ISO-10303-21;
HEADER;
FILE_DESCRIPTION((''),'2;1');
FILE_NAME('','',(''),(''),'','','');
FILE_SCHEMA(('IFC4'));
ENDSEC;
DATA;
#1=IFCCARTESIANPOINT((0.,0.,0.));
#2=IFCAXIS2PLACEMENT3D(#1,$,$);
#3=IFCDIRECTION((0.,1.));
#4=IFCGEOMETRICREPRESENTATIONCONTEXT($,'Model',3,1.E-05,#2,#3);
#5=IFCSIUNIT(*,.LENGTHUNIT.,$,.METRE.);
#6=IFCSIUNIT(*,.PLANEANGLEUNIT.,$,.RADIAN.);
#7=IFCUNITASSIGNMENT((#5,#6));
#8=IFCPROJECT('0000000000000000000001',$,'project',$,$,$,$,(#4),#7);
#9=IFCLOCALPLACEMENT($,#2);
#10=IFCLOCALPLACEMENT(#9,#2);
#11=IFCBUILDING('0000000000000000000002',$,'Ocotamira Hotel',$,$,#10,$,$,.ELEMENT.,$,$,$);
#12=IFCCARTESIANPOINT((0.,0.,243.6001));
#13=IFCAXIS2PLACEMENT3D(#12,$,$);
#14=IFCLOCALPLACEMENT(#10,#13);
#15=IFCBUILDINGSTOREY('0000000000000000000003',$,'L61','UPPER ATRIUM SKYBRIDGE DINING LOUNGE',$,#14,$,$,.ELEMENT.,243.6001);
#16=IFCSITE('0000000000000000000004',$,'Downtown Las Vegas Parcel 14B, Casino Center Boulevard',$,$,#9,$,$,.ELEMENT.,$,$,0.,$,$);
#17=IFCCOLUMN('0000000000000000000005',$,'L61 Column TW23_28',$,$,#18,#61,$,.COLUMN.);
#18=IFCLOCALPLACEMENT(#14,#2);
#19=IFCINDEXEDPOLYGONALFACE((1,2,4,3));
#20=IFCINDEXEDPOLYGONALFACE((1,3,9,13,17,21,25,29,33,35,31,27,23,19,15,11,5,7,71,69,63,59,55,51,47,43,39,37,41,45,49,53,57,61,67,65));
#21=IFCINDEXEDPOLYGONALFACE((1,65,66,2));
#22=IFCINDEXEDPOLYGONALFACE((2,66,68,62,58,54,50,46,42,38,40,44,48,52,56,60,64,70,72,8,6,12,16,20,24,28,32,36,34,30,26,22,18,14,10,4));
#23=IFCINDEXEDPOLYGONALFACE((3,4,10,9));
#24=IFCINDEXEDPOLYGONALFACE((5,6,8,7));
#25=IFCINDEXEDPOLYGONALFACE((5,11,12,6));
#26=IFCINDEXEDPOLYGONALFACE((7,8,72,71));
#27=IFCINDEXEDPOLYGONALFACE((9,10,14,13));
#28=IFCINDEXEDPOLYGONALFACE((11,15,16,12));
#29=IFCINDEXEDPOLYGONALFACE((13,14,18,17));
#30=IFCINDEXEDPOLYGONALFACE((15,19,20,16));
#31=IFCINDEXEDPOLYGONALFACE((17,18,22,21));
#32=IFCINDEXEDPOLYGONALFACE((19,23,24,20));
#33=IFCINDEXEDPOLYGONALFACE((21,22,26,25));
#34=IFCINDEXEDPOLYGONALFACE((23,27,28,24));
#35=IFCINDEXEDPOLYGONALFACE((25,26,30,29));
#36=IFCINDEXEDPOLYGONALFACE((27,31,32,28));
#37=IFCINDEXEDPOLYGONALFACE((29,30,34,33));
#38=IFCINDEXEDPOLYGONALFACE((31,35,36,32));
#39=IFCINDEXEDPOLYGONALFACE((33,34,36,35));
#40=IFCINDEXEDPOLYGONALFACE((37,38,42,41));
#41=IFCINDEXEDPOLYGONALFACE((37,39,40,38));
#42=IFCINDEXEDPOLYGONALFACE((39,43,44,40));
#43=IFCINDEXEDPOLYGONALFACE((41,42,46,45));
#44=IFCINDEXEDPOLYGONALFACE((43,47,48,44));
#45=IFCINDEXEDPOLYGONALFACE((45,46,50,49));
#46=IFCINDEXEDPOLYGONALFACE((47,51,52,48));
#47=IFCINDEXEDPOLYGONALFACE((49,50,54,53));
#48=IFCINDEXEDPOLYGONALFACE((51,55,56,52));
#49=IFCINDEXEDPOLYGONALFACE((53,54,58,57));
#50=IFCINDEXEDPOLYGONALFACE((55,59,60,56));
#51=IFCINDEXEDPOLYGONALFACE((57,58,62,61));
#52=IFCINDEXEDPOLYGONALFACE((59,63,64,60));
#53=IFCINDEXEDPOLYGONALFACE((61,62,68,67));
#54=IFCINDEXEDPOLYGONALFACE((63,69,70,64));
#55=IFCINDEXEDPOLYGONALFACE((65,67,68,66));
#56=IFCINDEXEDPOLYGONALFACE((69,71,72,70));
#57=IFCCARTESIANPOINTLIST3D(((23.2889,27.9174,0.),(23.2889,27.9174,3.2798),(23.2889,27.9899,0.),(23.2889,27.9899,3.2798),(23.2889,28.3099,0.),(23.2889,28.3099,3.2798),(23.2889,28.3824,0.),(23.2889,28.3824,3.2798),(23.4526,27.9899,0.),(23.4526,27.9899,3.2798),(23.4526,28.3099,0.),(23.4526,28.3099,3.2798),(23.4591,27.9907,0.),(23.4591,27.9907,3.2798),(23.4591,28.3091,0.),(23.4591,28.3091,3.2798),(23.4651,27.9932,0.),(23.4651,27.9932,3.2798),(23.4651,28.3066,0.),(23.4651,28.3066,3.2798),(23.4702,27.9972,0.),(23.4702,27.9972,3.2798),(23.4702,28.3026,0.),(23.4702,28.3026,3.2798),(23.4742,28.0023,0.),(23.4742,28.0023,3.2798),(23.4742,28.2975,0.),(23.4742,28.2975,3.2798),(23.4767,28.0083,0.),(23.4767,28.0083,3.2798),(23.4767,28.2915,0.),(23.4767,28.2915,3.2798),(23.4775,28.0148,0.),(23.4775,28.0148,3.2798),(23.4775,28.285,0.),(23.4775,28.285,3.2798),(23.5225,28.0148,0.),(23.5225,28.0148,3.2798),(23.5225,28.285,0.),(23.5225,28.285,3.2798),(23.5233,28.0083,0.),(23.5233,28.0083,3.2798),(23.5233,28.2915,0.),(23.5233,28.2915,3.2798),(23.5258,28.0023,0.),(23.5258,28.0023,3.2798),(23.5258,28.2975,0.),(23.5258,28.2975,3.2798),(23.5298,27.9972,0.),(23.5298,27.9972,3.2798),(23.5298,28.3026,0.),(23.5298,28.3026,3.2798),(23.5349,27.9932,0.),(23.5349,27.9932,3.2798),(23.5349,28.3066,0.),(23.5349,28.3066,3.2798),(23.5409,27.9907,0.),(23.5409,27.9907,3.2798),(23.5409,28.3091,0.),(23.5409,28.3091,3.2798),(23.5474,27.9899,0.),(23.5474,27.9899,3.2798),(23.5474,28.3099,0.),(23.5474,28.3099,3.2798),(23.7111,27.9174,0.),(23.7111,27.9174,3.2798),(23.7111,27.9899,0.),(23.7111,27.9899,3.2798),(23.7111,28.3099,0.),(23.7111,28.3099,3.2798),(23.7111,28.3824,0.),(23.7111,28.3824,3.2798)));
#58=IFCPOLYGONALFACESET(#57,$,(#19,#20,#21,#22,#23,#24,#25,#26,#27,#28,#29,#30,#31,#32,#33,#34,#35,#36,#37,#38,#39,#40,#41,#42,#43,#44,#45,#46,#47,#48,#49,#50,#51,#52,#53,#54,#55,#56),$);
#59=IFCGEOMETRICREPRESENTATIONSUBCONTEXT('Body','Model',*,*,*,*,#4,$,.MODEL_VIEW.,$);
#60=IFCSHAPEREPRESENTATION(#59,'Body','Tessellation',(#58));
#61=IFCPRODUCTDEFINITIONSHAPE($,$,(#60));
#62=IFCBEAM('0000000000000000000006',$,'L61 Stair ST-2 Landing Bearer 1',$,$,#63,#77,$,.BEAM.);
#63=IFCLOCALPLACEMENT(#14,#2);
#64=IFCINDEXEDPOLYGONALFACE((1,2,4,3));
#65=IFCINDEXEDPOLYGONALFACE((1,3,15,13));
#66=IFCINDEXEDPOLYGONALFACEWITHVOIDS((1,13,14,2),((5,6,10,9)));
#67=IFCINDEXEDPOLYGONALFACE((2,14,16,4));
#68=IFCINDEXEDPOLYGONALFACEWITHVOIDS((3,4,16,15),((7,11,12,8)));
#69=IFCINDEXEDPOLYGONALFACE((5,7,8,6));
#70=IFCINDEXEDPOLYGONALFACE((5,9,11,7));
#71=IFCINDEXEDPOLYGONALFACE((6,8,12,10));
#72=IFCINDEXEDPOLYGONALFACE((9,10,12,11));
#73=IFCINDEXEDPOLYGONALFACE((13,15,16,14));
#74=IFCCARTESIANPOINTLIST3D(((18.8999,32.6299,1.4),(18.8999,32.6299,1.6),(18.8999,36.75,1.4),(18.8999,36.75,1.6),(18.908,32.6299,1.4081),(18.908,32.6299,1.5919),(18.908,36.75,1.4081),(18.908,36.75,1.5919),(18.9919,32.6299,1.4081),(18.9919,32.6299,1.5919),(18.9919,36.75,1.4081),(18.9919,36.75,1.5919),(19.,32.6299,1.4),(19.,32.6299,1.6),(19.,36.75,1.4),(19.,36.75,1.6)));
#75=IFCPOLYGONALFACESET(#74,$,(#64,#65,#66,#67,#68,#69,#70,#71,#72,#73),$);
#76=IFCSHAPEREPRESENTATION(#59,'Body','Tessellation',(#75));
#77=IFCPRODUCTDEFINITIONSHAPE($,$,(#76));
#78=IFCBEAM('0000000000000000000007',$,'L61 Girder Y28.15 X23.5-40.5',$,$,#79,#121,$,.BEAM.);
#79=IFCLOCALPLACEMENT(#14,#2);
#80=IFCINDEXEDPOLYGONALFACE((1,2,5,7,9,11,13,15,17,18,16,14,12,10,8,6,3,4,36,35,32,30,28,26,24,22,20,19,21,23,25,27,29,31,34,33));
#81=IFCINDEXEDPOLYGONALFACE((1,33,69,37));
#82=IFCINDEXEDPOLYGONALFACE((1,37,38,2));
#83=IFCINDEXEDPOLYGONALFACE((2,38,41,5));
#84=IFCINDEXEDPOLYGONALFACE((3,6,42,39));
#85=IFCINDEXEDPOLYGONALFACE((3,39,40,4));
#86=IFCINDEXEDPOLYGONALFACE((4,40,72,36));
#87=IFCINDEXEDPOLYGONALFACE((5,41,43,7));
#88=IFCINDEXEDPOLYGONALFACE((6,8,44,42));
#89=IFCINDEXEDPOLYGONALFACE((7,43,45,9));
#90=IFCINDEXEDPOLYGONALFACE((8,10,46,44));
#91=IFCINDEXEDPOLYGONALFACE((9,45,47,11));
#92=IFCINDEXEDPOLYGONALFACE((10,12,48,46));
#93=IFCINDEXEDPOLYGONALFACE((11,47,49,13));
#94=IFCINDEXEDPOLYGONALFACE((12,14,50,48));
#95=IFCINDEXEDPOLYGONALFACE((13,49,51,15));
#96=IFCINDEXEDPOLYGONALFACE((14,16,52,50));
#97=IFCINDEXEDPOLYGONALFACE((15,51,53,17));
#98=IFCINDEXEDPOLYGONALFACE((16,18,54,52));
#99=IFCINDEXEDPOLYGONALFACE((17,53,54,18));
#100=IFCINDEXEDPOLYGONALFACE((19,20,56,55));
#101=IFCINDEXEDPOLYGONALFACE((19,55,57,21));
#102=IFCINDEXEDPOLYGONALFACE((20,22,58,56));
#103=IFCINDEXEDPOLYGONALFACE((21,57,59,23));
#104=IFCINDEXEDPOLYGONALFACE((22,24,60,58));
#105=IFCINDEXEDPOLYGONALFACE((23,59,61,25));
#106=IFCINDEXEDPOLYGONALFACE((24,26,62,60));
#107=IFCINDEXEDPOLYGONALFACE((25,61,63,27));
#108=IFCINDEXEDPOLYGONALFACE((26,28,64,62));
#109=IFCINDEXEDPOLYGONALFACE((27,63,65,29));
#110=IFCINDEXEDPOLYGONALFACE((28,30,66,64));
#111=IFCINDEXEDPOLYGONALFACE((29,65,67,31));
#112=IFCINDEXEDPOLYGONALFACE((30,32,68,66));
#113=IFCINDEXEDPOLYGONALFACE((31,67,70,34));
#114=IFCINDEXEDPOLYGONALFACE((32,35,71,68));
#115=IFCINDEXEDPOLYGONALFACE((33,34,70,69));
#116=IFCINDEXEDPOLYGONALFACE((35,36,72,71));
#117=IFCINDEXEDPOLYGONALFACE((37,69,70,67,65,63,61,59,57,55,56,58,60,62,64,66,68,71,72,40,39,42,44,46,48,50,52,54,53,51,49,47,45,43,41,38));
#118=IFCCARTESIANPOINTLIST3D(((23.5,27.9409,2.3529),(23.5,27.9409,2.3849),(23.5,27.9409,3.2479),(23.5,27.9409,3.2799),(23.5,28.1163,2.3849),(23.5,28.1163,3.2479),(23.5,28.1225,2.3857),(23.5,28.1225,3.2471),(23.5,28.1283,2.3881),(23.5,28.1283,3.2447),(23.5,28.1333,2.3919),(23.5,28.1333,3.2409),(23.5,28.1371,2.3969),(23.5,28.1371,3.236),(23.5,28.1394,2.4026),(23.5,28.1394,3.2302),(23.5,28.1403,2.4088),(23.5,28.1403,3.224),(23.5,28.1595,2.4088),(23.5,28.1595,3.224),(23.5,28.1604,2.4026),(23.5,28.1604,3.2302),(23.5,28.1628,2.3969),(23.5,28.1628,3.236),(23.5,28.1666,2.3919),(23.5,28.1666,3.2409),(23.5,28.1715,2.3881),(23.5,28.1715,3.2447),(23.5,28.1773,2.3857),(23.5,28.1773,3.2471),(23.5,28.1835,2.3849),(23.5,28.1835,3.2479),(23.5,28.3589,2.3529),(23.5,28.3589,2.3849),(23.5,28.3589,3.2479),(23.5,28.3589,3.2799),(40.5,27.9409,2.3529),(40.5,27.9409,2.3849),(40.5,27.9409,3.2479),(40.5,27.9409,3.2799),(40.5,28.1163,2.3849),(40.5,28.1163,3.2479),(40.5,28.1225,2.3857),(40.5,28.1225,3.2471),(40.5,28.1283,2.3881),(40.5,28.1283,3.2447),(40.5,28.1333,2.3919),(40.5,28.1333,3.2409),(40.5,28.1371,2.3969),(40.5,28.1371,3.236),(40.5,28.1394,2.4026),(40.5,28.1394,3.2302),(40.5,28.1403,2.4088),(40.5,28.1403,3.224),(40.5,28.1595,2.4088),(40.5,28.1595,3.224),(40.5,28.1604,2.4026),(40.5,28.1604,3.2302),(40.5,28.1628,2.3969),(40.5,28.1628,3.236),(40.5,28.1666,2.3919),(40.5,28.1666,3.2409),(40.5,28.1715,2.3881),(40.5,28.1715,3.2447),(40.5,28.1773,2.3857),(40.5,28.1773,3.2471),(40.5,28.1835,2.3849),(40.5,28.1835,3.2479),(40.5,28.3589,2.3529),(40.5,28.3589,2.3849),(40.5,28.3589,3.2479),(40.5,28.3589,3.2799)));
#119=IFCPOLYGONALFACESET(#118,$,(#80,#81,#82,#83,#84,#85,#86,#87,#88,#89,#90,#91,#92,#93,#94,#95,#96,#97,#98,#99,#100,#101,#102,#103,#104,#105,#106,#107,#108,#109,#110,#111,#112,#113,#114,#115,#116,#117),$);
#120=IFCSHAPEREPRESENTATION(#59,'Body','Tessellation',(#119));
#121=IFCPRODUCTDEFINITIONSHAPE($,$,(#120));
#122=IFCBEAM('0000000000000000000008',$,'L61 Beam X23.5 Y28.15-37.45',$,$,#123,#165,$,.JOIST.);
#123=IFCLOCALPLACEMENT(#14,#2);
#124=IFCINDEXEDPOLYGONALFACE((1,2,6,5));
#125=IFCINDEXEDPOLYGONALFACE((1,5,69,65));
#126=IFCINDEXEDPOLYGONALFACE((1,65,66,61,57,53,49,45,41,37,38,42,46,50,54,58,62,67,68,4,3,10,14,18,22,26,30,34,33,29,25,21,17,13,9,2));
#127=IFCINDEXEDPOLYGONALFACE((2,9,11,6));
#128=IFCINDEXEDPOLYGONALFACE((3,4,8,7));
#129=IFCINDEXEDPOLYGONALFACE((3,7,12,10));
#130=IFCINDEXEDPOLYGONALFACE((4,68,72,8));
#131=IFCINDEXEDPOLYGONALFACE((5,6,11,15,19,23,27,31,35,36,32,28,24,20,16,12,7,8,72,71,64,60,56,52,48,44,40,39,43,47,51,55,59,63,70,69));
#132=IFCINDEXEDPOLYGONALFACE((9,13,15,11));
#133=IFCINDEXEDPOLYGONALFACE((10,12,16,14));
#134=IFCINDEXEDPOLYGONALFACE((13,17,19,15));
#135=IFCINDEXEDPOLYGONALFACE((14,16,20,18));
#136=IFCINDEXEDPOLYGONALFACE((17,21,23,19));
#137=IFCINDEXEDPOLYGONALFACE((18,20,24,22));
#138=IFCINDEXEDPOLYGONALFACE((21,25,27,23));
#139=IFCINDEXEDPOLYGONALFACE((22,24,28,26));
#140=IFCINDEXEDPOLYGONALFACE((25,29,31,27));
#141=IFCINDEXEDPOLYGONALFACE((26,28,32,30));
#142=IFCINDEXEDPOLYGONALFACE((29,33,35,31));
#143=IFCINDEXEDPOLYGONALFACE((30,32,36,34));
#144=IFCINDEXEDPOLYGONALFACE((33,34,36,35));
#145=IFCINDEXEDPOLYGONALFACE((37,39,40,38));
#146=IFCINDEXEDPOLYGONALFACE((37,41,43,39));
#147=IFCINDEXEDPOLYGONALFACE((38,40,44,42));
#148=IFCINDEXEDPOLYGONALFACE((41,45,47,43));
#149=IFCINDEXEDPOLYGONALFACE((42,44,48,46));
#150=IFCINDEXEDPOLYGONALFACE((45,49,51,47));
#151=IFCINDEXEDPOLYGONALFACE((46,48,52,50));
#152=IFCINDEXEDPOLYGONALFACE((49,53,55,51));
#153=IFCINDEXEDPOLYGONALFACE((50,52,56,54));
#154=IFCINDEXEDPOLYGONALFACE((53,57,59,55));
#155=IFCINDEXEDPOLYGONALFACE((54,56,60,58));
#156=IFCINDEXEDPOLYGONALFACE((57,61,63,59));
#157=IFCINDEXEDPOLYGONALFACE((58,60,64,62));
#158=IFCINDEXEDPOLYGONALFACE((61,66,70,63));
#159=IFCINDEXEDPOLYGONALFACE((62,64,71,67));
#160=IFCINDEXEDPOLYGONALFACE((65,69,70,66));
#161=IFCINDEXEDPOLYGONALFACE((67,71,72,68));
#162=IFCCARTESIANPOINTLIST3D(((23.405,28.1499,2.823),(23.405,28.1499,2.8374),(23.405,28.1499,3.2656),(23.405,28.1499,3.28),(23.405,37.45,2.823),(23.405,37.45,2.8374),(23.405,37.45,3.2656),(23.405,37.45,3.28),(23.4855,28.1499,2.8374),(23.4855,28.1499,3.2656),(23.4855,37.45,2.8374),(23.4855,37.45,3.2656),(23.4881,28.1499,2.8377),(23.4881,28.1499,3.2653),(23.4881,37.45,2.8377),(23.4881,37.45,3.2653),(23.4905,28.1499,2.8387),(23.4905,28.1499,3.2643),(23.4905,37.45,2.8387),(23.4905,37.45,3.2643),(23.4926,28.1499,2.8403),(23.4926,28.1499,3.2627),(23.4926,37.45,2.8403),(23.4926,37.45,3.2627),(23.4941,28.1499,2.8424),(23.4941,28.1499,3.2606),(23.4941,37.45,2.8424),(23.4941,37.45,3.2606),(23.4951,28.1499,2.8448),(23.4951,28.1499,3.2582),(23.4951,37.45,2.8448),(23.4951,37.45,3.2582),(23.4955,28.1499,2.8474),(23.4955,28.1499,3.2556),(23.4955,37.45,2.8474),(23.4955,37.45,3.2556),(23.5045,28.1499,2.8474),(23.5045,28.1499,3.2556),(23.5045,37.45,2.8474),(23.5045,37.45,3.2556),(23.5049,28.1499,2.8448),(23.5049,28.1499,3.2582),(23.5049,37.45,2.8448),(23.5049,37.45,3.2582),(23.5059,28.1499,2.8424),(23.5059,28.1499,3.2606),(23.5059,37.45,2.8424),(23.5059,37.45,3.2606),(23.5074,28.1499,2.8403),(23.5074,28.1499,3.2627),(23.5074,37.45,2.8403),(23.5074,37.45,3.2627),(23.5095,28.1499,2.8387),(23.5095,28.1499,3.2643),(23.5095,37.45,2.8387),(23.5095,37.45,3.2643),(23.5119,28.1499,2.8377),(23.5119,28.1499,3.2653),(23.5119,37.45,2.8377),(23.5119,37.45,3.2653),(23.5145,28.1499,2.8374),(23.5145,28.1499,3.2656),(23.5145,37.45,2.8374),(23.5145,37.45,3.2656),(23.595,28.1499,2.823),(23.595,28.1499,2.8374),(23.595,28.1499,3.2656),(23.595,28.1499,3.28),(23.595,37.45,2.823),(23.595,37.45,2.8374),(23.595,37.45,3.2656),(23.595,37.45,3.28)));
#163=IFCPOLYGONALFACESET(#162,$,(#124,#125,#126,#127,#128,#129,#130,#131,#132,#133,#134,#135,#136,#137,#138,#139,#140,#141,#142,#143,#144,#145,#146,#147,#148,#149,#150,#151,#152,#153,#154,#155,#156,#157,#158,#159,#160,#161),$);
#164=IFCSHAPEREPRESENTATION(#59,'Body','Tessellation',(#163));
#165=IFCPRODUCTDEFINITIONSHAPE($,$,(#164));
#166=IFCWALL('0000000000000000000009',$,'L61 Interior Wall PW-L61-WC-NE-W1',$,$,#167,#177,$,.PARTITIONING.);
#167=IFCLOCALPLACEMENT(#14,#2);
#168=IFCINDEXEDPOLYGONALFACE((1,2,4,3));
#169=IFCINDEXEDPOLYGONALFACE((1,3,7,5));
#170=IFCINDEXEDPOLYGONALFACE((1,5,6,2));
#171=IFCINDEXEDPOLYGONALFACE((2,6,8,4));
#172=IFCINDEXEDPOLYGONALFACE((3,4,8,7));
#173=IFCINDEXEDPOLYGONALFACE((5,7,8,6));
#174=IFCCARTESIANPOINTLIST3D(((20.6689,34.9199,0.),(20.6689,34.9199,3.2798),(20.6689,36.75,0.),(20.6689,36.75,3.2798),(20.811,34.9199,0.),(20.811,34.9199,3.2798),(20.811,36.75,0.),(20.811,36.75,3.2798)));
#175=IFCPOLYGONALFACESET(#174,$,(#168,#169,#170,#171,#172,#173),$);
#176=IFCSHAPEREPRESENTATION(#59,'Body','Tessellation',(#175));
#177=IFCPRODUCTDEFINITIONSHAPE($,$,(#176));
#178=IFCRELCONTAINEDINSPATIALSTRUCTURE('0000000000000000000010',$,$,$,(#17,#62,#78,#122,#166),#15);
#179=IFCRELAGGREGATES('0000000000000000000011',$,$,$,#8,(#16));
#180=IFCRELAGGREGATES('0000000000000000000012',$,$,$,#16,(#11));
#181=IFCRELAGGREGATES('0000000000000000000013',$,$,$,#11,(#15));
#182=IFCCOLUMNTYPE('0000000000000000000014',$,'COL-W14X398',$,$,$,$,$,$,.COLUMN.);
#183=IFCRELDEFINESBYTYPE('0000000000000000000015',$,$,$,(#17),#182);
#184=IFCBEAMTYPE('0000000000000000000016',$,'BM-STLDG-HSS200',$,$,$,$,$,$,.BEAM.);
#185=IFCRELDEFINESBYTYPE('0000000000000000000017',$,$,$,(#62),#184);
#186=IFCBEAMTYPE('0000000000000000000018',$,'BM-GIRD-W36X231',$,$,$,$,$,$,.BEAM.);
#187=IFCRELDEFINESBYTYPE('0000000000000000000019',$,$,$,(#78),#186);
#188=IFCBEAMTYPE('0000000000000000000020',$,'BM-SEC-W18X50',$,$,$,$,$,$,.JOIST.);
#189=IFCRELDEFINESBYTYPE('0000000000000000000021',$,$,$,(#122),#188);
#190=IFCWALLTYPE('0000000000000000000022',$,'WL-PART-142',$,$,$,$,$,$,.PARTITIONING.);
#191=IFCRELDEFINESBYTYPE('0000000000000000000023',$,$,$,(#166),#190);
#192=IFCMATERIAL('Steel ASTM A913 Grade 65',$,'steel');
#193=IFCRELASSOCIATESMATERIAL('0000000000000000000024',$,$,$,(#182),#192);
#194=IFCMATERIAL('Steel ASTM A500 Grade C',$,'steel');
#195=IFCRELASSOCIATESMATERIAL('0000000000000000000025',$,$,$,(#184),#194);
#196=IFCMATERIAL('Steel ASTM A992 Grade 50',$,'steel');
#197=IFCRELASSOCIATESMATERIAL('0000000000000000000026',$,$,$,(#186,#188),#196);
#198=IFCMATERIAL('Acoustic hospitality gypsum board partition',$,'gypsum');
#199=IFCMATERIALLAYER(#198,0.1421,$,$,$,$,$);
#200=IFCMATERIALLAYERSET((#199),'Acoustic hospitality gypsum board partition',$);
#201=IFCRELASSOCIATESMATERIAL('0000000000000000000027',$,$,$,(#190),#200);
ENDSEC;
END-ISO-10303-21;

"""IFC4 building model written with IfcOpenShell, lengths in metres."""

from ifc_helpers import new_model, si_unit, direction, frame, frame_2d, origin, origin_2d, place, context, subcontext, project, spatial, rectangle, hollow_rectangle, i_section, extrude, source, transform, mapped, material, layer, layer_set, material_profile, profile_set, type_object, element, save


model = new_model("IFC4")

# Units and contexts
model_context = context("Model", 3, precision=1e-05, world=origin(), true_north=direction((0.0, 1.0)))
body_context = subcontext(model_context, "Body", "Model", "MODEL_VIEW")
ifc_project = project(units=[si_unit("LENGTHUNIT", "METRE"), si_unit("PLANEANGLEUNIT", "RADIAN")], contexts=[model_context])

# Site, building, storey
site_placement = place(None, origin())
site = spatial("IfcSite", under=ifc_project, at=site_placement, Name="Downtown Las Vegas Parcel 14B, Casino Center Boulevard", CompositionType="ELEMENT", RefElevation=0.0)
building_placement = place(site_placement, origin())
building = spatial("IfcBuilding", under=site, at=building_placement, Name="Ocotamira Hotel", CompositionType="ELEMENT")
storey_placement = place(building_placement, frame((0.0, 0.0, 243.6001)))
storey = spatial("IfcBuildingStorey", under=building, at=storey_placement, Name="L61", Description="UPPER ATRIUM SKYBRIDGE DINING LOUNGE", CompositionType="ELEMENT", Elevation=243.6001)

# Column
ifc_material_1 = material(Name="Steel ASTM A913 Grade 65", Category="steel")
ifc_material_profile_1 = material_profile(ifc_material_1, i_section(OverallWidth=0.4221, OverallDepth=0.4651, WebThickness=0.0449, FlangeThickness=0.0725, FilletRadius=0.0249, at=origin_2d()), Name="W14X398")
ifc_profile_set_1 = profile_set([ifc_material_profile_1], Name="Steel ASTM A913 Grade 65")
column_type = type_object("IfcColumnType", Name="COL-W14X398", PredefinedType="COLUMN", material=ifc_profile_set_1)
shared_shape_1 = source(origin(), body_context, "Body", "SweptSolid", [
    extrude(i_section(OverallWidth=0.4221, OverallDepth=0.4651, WebThickness=0.0449, FlangeThickness=0.0725, FilletRadius=0.0249, at=origin_2d()), origin(), (0.0, 0.0, 1.0), 3.2798),
])
column_placement = place(storey_placement, frame((23.5, 28.1499, 0.0), z_axis=(0.0, 0.0, 1.0), x_axis=(1.0, 0.0, 0.0)))
element("IfcColumn", 1, at=column_placement, inside=storey, type_object=column_type, Name="L61 Column TW23_28", PredefinedType="COLUMN", context=body_context, shape_type="MappedRepresentation", body=[
    mapped(shared_shape_1, transform((0.0, 0.0, 0.0), scale=1.0)),
])

# Beams
ifc_material_2 = material(Name="Steel ASTM A500 Grade C", Category="steel")
ifc_material_profile_2 = material_profile(ifc_material_2, hollow_rectangle(XDim=0.1001, YDim=0.2, WallThickness=0.0081, at=origin_2d()), Name="HSS200X100X8")
ifc_profile_set_2 = profile_set([ifc_material_profile_2], Name="Steel ASTM A500 Grade C")
beam_type_1 = type_object("IfcBeamType", Name="BM-STLDG-HSS200", PredefinedType="BEAM", material=ifc_profile_set_2)
shared_shape_2 = source(origin(), body_context, "Body", "SweptSolid", [
    extrude(hollow_rectangle(XDim=0.1001, YDim=0.2, WallThickness=0.0081, at=origin_2d()), origin(), (0.0, 0.0, 1.0), 4.1201),
])
beam_1_placement = place(storey_placement, frame((18.95, 32.6299, 1.5), z_axis=(0.0, 1.0, 0.0), x_axis=(-1.0, 0.0, 0.0)))
element("IfcBeam", 2, at=beam_1_placement, inside=storey, type_object=beam_type_1, Name="L61 Stair ST-2 Landing Bearer 1", PredefinedType="BEAM", context=body_context, shape_type="MappedRepresentation", body=[
    mapped(shared_shape_2, transform((0.0, 0.0, 0.0), scale=1.0)),
])
ifc_material_3 = material(Name="Steel ASTM A992 Grade 50", Category="steel")
ifc_material_profile_3 = material_profile(ifc_material_3, i_section(OverallWidth=0.418, OverallDepth=0.927, WebThickness=0.0193, FlangeThickness=0.032, FilletRadius=0.0239, at=origin_2d()), Name="W36X231")
ifc_profile_set_3 = profile_set([ifc_material_profile_3], Name="Steel ASTM A992 Grade 50")
beam_type_2 = type_object("IfcBeamType", Name="BM-GIRD-W36X231", PredefinedType="BEAM", material=ifc_profile_set_3)
shared_shape_3 = source(origin(), body_context, "Body", "SweptSolid", [
    extrude(i_section(OverallWidth=0.418, OverallDepth=0.927, WebThickness=0.0193, FlangeThickness=0.032, FilletRadius=0.0239, at=origin_2d()), origin(), (0.0, 0.0, 1.0), 17.0),
])
beam_2_placement = place(storey_placement, frame((23.5, 28.1499, 2.8164), z_axis=(1.0, 0.0, 0.0), x_axis=(0.0, 1.0, 0.0)))
element("IfcBeam", 3, at=beam_2_placement, inside=storey, type_object=beam_type_2, Name="L61 Girder Y28.15 X23.5-40.5", PredefinedType="BEAM", context=body_context, shape_type="MappedRepresentation", body=[
    mapped(shared_shape_3, transform((0.0, 0.0, 0.0), scale=1.0)),
])
ifc_material_profile_4 = material_profile(ifc_material_3, i_section(OverallWidth=0.1899, OverallDepth=0.457, WebThickness=0.009, FlangeThickness=0.0144, FilletRadius=0.01, at=origin_2d()), Name="W18X50")
ifc_profile_set_4 = profile_set([ifc_material_profile_4], Name="Steel ASTM A992 Grade 50")
beam_type_3 = type_object("IfcBeamType", Name="BM-SEC-W18X50", PredefinedType="JOIST", material=ifc_profile_set_4)
shared_shape_4 = source(origin(), body_context, "Body", "SweptSolid", [
    extrude(i_section(OverallWidth=0.1899, OverallDepth=0.457, WebThickness=0.009, FlangeThickness=0.0144, FilletRadius=0.01, at=origin_2d()), origin(), (0.0, 0.0, 1.0), 9.3),
])
beam_3_placement = place(storey_placement, frame((23.5, 28.1499, 3.0515), z_axis=(0.0, 1.0, 0.0), x_axis=(-1.0, 0.0, 0.0)))
element("IfcBeam", 4, at=beam_3_placement, inside=storey, type_object=beam_type_3, Name="L61 Beam X23.5 Y28.15-37.45", PredefinedType="JOIST", context=body_context, shape_type="MappedRepresentation", body=[
    mapped(shared_shape_4, transform((0.0, 0.0, 0.0), scale=1.0)),
])

# Wall
ifc_material_4 = material(Name="Acoustic hospitality gypsum board partition", Category="gypsum")
ifc_layer_1 = layer(ifc_material_4, 0.1421)
ifc_layer_set_1 = layer_set([ifc_layer_1], Name="Acoustic hospitality gypsum board partition")
wall_type_1 = type_object("IfcWallType", Name="WL-PART-142", PredefinedType="PARTITIONING", material=ifc_layer_set_1)
wall_1_placement = place(storey_placement, frame((20.74, 34.9199, 0.0), z_axis=(0.0, 0.0, 1.0), x_axis=(0.0, 1.0, 0.0)))
element("IfcWall", 5, at=wall_1_placement, inside=storey, type_object=wall_type_1, Name="L61 Interior Wall PW-L61-WC-NE-W1", PredefinedType="PARTITIONING", context=body_context, shape_type="SweptSolid", body=[
    extrude(rectangle(XDim=1.8301, YDim=0.1421, at=frame_2d((0.915, 0.0))), origin(), (0.0, 0.0, 1.0), 3.2798),
])

save(model, "model.ifc")
